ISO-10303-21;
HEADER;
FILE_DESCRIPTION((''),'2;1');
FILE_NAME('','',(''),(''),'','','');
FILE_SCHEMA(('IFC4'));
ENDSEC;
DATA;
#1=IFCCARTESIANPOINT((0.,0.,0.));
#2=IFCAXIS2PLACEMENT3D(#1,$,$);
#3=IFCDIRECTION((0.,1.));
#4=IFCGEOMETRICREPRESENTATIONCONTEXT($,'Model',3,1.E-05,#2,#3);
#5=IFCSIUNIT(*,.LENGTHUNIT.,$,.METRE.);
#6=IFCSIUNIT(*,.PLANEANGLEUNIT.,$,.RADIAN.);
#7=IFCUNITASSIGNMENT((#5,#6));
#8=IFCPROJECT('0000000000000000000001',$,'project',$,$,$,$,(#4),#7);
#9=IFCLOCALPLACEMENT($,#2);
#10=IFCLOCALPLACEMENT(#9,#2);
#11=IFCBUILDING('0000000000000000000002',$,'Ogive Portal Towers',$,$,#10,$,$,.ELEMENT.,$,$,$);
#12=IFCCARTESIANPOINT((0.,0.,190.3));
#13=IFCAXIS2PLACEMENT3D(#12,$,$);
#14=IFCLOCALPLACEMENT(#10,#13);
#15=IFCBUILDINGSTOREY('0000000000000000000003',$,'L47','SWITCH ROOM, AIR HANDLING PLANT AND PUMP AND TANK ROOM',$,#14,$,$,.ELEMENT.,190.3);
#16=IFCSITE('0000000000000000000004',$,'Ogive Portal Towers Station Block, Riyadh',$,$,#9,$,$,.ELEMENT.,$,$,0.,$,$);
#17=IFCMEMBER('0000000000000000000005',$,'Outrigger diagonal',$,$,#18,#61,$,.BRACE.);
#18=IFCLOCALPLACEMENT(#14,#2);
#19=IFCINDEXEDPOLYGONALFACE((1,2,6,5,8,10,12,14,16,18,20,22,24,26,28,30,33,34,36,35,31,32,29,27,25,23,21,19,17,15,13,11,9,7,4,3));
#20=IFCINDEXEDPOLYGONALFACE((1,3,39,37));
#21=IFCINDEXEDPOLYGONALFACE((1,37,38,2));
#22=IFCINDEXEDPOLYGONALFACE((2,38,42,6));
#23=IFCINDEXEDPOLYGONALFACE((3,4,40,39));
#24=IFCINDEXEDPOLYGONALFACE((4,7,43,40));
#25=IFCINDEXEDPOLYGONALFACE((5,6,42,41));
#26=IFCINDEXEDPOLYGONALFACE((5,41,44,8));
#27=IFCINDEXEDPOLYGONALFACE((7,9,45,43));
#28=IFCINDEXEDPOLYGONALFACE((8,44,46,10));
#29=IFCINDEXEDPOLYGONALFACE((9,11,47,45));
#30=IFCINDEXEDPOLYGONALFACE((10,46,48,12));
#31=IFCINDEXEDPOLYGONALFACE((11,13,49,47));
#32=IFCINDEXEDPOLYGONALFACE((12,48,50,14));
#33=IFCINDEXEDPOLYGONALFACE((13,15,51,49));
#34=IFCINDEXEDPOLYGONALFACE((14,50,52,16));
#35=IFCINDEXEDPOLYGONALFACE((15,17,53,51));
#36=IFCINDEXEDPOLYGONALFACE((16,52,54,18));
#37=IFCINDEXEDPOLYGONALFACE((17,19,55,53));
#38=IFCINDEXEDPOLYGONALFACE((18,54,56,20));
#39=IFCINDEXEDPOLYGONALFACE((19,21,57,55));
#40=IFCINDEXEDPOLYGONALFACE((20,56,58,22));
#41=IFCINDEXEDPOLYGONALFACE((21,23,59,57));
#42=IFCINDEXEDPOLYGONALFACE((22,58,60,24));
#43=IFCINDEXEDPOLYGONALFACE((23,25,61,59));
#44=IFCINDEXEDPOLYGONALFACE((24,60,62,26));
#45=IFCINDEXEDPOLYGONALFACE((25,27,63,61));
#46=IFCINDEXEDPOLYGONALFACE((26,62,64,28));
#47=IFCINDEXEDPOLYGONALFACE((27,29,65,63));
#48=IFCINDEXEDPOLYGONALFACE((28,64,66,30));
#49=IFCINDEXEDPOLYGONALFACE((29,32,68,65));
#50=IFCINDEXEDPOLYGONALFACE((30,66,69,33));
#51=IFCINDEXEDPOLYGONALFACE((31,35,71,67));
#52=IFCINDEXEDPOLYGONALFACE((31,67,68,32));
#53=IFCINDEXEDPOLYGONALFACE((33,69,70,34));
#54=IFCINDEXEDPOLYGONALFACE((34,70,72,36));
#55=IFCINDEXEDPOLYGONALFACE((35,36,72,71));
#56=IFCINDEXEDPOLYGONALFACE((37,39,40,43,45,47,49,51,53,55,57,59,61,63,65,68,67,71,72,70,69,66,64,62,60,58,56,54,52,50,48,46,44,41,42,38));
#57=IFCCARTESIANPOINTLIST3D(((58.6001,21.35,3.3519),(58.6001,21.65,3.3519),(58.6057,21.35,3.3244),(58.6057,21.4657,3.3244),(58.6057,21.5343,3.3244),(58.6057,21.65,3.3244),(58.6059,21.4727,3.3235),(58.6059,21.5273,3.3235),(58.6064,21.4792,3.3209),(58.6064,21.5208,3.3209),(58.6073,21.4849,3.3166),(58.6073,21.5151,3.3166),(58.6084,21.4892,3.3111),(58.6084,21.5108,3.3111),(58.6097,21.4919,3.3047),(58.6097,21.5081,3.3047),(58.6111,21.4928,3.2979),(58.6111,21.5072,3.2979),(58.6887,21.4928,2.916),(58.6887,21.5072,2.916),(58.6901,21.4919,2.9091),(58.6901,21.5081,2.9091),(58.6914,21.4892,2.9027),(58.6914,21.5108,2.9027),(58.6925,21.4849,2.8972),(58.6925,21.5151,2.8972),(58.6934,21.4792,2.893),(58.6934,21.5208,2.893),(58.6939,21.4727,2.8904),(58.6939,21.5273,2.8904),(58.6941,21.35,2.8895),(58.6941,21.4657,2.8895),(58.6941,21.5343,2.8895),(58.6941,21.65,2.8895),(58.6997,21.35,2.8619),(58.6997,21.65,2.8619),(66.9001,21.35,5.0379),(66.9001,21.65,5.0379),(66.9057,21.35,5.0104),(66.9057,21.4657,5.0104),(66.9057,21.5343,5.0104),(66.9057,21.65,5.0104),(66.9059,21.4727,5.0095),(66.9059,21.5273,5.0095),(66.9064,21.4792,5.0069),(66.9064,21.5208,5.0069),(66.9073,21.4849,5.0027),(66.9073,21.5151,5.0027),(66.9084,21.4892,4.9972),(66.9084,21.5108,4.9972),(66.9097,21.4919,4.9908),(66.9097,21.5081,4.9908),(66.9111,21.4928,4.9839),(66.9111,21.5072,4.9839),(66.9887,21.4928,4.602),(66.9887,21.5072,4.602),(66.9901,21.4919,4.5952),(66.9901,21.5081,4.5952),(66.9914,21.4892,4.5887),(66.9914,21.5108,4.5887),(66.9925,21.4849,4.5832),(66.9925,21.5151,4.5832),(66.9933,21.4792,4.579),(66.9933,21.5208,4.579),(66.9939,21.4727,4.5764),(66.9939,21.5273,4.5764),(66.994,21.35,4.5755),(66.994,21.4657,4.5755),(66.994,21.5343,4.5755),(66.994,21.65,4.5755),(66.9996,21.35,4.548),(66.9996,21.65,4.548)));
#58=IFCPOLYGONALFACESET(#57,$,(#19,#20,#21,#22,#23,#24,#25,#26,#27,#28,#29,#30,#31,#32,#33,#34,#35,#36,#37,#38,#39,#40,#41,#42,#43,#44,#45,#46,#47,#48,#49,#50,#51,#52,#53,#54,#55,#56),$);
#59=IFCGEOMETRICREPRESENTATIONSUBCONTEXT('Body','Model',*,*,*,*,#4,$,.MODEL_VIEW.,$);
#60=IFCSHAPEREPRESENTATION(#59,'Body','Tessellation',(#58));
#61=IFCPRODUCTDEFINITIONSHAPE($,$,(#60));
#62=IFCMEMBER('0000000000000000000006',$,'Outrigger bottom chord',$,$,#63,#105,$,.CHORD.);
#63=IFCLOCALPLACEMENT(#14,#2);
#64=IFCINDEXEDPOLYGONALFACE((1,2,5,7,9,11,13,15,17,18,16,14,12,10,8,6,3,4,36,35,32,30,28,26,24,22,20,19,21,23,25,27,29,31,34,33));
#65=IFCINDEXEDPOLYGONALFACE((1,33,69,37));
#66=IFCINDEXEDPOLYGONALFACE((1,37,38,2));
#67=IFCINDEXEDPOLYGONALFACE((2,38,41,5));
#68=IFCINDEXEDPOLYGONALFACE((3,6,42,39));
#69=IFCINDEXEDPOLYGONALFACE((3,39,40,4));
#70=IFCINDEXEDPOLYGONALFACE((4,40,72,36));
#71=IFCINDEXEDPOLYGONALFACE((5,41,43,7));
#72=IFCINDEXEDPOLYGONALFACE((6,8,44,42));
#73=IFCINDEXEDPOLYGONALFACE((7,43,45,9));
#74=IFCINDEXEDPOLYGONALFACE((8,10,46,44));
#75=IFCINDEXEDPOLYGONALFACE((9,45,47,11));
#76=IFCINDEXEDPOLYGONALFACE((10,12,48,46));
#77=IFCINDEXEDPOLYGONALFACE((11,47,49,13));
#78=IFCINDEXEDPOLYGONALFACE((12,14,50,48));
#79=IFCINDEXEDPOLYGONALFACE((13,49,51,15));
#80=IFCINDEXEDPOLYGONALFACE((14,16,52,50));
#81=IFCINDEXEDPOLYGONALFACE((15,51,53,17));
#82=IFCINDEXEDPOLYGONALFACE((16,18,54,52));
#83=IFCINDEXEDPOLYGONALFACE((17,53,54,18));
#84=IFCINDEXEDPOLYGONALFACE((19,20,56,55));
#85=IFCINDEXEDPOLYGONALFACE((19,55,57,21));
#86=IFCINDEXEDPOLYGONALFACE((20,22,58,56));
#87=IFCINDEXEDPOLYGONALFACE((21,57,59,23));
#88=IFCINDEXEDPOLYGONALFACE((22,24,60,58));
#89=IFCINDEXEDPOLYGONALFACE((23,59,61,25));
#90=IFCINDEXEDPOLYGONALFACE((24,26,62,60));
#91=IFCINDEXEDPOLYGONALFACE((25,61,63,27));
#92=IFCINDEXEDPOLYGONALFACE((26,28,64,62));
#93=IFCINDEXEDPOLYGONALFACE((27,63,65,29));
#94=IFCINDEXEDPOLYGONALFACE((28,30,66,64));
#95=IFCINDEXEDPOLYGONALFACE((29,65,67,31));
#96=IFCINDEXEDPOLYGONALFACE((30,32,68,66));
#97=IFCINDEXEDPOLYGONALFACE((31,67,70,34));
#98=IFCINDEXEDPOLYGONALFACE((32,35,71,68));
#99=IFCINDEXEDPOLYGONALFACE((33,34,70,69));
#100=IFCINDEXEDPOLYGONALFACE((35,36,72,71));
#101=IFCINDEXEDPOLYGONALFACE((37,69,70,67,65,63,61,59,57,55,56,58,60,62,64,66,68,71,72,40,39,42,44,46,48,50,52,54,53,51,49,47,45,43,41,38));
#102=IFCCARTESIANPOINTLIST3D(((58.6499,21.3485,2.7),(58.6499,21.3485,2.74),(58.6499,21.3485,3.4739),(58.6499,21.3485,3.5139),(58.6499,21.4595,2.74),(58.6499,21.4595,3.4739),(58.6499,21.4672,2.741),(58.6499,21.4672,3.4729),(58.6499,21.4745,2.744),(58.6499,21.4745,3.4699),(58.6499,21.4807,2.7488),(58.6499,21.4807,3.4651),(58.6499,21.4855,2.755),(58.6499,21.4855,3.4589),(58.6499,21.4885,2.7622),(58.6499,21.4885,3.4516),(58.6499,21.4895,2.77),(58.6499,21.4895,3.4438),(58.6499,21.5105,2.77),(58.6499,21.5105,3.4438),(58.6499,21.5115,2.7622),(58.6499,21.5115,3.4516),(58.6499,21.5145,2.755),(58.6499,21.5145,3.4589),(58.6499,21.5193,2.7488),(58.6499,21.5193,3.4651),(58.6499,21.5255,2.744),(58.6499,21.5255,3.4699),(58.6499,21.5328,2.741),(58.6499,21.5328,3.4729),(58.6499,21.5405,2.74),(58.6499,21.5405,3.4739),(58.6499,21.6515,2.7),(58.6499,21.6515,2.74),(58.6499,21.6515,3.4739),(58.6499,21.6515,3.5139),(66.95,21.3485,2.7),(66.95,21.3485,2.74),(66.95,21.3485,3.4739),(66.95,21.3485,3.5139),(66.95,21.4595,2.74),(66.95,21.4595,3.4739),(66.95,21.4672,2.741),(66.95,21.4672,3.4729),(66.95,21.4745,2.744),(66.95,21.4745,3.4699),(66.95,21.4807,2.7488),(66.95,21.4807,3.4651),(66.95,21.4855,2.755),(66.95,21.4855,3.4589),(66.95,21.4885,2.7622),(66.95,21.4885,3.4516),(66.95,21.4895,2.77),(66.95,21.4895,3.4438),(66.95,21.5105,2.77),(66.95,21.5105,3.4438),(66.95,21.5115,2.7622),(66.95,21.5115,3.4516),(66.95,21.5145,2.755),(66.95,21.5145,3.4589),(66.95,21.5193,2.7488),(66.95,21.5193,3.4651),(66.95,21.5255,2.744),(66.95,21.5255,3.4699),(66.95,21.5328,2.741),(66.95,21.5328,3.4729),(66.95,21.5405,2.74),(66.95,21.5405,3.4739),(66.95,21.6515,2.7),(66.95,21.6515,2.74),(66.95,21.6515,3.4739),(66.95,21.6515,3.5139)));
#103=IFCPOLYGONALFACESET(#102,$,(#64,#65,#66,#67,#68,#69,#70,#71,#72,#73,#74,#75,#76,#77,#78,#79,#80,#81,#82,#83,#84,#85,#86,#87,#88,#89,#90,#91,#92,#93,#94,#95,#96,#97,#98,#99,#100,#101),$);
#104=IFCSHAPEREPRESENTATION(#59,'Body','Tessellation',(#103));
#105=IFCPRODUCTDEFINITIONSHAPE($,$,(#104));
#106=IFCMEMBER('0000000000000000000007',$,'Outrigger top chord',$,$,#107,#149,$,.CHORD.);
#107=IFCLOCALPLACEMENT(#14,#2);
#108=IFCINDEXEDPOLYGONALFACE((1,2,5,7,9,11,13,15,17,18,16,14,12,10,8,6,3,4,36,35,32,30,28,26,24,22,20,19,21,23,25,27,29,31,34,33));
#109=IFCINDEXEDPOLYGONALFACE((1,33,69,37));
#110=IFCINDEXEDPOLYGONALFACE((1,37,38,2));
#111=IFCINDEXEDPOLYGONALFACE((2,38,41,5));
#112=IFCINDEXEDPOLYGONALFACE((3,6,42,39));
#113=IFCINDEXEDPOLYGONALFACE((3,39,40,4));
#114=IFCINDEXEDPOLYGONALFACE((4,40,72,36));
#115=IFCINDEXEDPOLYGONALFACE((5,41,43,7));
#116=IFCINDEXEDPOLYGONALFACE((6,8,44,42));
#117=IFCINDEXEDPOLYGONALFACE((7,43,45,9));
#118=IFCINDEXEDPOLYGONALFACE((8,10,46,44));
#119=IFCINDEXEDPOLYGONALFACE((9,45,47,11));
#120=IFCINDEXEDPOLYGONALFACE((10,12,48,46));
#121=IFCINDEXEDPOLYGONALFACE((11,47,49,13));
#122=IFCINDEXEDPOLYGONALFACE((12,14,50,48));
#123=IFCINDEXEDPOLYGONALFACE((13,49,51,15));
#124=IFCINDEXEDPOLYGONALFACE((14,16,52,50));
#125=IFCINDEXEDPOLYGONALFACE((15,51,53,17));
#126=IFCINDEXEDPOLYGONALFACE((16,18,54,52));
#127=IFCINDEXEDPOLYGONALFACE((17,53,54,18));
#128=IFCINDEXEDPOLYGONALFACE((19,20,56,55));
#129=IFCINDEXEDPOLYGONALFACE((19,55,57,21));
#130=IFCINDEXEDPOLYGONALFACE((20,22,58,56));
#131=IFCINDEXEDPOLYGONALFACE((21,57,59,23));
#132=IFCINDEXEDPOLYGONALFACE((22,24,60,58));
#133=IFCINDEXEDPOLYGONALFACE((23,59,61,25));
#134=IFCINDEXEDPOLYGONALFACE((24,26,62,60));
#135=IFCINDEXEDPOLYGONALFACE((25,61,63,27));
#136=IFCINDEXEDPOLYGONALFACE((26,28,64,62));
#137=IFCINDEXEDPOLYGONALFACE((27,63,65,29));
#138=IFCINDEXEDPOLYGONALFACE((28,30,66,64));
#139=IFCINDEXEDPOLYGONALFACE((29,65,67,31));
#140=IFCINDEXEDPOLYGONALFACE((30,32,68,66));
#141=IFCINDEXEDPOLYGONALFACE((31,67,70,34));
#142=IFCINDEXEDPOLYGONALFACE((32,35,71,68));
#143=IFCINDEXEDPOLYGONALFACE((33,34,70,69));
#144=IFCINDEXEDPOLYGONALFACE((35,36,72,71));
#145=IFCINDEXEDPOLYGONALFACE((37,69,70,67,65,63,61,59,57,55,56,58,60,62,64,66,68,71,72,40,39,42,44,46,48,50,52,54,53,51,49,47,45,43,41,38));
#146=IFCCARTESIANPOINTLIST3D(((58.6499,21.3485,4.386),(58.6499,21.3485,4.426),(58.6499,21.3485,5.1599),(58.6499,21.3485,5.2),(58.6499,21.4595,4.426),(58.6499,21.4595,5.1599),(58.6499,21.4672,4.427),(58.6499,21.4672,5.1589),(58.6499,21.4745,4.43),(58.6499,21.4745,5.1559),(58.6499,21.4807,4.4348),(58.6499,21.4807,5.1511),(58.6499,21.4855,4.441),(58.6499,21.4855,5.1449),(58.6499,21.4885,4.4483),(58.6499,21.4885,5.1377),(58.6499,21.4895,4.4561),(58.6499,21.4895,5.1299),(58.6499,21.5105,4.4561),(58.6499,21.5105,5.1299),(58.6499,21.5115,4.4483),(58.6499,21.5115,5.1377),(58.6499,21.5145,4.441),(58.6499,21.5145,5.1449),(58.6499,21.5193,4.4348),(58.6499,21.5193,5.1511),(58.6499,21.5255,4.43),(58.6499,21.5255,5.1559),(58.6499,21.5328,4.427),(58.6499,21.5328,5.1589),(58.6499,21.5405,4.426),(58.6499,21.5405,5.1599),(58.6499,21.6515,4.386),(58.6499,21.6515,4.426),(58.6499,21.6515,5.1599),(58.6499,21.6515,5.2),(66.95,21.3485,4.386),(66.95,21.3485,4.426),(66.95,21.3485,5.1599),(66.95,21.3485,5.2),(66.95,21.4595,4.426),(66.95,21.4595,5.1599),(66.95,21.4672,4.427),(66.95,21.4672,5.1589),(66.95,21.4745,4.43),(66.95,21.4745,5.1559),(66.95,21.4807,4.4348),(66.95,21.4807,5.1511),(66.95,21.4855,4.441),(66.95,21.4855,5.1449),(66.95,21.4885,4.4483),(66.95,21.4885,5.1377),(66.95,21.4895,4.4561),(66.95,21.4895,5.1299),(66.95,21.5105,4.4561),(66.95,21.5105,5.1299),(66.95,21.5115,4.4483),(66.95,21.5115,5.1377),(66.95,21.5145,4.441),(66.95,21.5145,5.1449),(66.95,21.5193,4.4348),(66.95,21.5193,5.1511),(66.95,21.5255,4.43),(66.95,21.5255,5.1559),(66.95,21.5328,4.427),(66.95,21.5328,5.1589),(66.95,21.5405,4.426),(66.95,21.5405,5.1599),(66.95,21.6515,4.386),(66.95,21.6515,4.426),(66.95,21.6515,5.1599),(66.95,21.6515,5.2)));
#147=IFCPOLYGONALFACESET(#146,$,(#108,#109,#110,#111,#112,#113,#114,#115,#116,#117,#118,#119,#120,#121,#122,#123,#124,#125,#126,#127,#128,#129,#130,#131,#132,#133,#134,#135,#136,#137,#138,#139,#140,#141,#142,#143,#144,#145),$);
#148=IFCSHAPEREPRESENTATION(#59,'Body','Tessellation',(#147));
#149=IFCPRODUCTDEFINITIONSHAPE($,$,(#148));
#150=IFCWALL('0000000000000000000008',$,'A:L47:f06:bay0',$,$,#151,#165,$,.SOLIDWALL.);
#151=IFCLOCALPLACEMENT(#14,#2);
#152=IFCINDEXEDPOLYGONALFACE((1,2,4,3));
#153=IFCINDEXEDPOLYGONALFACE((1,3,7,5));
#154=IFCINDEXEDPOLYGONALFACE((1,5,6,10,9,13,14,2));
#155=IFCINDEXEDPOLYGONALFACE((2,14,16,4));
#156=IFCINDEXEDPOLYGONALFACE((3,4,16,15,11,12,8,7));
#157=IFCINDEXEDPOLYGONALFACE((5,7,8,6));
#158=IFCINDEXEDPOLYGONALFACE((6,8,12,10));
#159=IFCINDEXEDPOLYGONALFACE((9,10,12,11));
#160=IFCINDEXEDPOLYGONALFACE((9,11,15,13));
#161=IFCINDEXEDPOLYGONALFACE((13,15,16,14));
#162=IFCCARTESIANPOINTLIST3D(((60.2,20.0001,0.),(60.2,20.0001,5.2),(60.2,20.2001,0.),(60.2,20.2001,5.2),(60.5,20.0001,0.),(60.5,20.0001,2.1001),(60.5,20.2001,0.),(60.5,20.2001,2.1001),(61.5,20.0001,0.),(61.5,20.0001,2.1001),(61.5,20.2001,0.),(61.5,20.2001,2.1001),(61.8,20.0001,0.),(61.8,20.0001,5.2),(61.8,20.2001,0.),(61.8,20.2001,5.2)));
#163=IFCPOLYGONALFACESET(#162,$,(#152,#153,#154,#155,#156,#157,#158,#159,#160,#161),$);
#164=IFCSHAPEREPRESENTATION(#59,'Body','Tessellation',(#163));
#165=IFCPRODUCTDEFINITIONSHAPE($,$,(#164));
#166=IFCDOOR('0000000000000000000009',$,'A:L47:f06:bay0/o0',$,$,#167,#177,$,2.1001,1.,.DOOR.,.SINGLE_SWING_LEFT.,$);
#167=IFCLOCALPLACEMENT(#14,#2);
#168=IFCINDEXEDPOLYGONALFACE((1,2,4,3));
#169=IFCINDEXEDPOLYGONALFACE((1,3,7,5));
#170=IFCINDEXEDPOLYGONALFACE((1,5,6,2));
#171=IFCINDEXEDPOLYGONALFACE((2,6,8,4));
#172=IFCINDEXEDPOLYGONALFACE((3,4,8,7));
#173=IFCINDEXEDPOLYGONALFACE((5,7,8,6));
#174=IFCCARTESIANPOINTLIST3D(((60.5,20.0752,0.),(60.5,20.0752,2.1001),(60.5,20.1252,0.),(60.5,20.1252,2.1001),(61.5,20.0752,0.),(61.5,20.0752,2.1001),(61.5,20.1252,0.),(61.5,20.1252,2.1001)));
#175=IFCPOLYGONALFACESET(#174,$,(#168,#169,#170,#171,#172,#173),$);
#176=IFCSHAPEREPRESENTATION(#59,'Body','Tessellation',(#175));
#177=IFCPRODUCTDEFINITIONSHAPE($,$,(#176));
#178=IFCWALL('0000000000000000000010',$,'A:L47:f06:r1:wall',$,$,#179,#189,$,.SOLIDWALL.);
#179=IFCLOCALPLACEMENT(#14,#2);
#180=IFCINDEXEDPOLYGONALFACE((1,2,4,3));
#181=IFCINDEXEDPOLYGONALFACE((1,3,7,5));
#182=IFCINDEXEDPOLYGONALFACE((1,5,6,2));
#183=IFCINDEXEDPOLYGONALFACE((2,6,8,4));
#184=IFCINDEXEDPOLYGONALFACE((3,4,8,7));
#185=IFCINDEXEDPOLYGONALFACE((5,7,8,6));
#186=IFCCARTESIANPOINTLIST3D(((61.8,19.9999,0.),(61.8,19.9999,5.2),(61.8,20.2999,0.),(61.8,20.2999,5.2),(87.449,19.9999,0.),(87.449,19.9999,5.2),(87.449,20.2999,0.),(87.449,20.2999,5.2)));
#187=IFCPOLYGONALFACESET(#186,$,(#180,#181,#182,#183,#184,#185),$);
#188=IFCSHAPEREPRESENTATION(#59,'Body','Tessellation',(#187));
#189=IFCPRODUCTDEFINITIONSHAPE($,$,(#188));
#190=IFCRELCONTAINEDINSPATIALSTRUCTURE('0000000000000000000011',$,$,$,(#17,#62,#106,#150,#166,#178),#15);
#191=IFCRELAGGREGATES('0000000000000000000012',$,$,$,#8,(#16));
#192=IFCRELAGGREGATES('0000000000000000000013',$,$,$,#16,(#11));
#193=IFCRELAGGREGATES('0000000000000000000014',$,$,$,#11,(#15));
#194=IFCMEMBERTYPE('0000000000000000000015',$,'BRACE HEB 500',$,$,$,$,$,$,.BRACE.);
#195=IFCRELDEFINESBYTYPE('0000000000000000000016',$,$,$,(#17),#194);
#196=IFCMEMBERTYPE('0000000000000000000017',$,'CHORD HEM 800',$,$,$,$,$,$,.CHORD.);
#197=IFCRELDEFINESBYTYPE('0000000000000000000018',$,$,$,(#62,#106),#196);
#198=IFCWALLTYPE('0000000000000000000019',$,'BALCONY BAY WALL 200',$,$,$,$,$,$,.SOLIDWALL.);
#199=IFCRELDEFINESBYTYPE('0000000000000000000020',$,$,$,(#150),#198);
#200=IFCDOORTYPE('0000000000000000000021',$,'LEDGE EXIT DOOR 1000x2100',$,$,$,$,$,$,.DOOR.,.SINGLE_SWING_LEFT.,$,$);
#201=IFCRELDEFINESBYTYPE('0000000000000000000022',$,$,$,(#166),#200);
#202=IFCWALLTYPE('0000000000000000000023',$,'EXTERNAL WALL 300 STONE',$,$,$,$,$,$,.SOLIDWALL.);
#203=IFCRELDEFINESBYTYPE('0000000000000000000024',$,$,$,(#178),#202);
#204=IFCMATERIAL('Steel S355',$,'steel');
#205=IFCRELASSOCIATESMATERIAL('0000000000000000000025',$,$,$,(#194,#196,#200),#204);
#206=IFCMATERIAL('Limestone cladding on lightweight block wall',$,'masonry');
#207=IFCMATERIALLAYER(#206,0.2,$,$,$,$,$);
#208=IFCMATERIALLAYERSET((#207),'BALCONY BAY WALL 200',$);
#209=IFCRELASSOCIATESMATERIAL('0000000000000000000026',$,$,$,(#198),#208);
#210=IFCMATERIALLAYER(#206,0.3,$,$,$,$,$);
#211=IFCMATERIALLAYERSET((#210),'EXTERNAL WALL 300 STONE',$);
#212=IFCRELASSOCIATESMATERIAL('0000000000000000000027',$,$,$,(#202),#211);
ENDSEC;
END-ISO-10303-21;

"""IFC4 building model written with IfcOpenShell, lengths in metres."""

from ifc_helpers import new_model, si_unit, direction, frame, frame_2d, origin, origin_2d, place, context, subcontext, project, spatial, rectangle, i_section, extrude, material, layer, layer_set, material_profile, profile_set, type_object, element, fill, save


model = new_model("IFC4")

# Units and contexts
model_context = context("Model", 3, precision=1e-05, world=origin(), true_north=direction((0.0, 1.0)))
body_context = subcontext(model_context, "Body", "Model", "MODEL_VIEW")
ifc_project = project(units=[si_unit("LENGTHUNIT", "METRE"), si_unit("PLANEANGLEUNIT", "RADIAN")], contexts=[model_context])

# Site, building, storey
site_placement = place(None, origin())
site = spatial("IfcSite", under=ifc_project, at=site_placement, Name="Ogive Portal Towers Station Block, Riyadh", CompositionType="ELEMENT", RefElevation=0.0)
building_placement = place(site_placement, origin())
building = spatial("IfcBuilding", under=site, at=building_placement, Name="Ogive Portal Towers", CompositionType="ELEMENT")
storey_placement = place(building_placement, frame((0.0, 0.0, 190.3)))
storey = spatial("IfcBuildingStorey", under=building, at=storey_placement, Name="L47", Description="SWITCH ROOM, AIR HANDLING PLANT AND PUMP AND TANK ROOM", CompositionType="ELEMENT", Elevation=190.3)

# Members
ifc_material_1 = material(Name="Steel S355", Category="steel")
ifc_material_profile_1 = material_profile(ifc_material_1, i_section(OverallWidth=0.3, OverallDepth=0.5, WebThickness=0.0144, FlangeThickness=0.0281, FilletRadius=0.0271, at=origin_2d()), Name="HEB 500")
ifc_profile_set_1 = profile_set([ifc_material_profile_1], Name="Steel S355")
member_type_1 = type_object("IfcMemberType", Name="BRACE HEB 500", PredefinedType="BRACE", material=ifc_profile_set_1)
member_placement = place(storey_placement, frame((58.6499, 21.5, 3.1069), z_axis=(0.979985, 0.0, 0.19907), x_axis=(0.0, 1.0, 0.0)))
element("IfcMember", 1, at=member_placement, inside=storey, type_object=member_type_1, Name="Outrigger diagonal", PredefinedType="BRACE", context=body_context, shape_type="SweptSolid", body=[
    extrude(i_section(OverallWidth=0.3, OverallDepth=0.5, WebThickness=0.0144, FlangeThickness=0.0281, FilletRadius=0.0271, at=origin_2d()), origin(), (0.0, 0.0, 1.0), 8.4695),
])
ifc_material_profile_2 = material_profile(ifc_material_1, i_section(OverallWidth=0.303, OverallDepth=0.814, WebThickness=0.021, FlangeThickness=0.04, FilletRadius=0.03, at=origin_2d()), Name="HEM 800")
ifc_profile_set_2 = profile_set([ifc_material_profile_2], Name="Steel S355")
member_type_2 = type_object("IfcMemberType", Name="CHORD HEM 800", PredefinedType="CHORD", material=ifc_profile_set_2)
for number, where, z_axis, x_axis, name in (
    (2, (58.6499, 21.5, 3.1069), (1.0, 0.0, 0.0), (0.0, 1.0, 0.0), "Outrigger bottom chord"),
    (3, (58.6499, 21.5, 4.793), (1.0, 0.0, 0.0), (0.0, 1.0, 0.0), "Outrigger top chord"),
):
    element("IfcMember", number, at=place(storey_placement, frame(where, z_axis=z_axis, x_axis=x_axis)), inside=storey, type_object=member_type_2, Name=name, PredefinedType="CHORD", context=body_context, shape_type="SweptSolid", body=[
        extrude(i_section(OverallWidth=0.303, OverallDepth=0.814, WebThickness=0.021, FlangeThickness=0.04, FilletRadius=0.03, at=origin_2d()), origin(), (0.0, 0.0, 1.0), 8.3),
    ])

# Wall, opening, door
ifc_material_2 = material(Name="Limestone cladding on lightweight block wall", Category="masonry")
ifc_layer_1 = layer(ifc_material_2, 0.2)
ifc_layer_set_1 = layer_set([ifc_layer_1], Name="BALCONY BAY WALL 200")
wall_type_1 = type_object("IfcWallType", Name="BALCONY BAY WALL 200", PredefinedType="SOLIDWALL", material=ifc_layer_set_1)
wall_1_placement = place(storey_placement, frame((61.8, 20.1001, 0.0), z_axis=(0.0, 0.0, 1.0), x_axis=(-1.0, 0.0, 0.0)))
wall_1 = element("IfcWall", 4, at=wall_1_placement, inside=storey, type_object=wall_type_1, Name="A:L47:f06:bay0", PredefinedType="SOLIDWALL", context=body_context, shape_type="SweptSolid", body=[
    extrude(rectangle(XDim=1.6001, YDim=0.2, at=frame_2d((0.8, 0.0))), origin(), (0.0, 0.0, 1.0), 5.2),
])
opening_1_placement = place(wall_1_placement, frame((0.3, 0.0, 0.0)))
opening_1 = element("IfcOpeningElement", 5, at=opening_1_placement, cuts=wall_1, PredefinedType="OPENING", context=body_context, shape_type="SweptSolid", body=[
    extrude(rectangle(XDim=1.0, YDim=2.1001, at=frame_2d((0.5, 1.05))), frame((0.0, 0.1099, 0.0), z_axis=(0.0, -1.0, 0.0), x_axis=(1.0, 0.0, 0.0)), (0.0, 0.0, 1.0), 0.22),
])
door_type_1 = type_object("IfcDoorType", Name="LEDGE EXIT DOOR 1000x2100", OperationType="SINGLE_SWING_LEFT", PredefinedType="DOOR", material=ifc_material_1)
door_1_placement = place(opening_1_placement, origin())
door_1 = element("IfcDoor", 6, at=door_1_placement, inside=storey, type_object=door_type_1, Name="A:L47:f06:bay0/o0", OperationType="SINGLE_SWING_LEFT", OverallHeight=2.1001, OverallWidth=1.0, PredefinedType="DOOR", context=body_context, shape_type="SweptSolid", body=[
    extrude(rectangle(XDim=1.0, YDim=2.1001, at=frame_2d((0.5, 1.05))), frame((0.0, 0.0249, 0.0), z_axis=(0.0, -1.0, 0.0), x_axis=(1.0, 0.0, 0.0)), (0.0, 0.0, 1.0), 0.05),
])
fill(opening_1, door_1)

# Wall
ifc_layer_2 = layer(ifc_material_2, 0.3)
ifc_layer_set_2 = layer_set([ifc_layer_2], Name="EXTERNAL WALL 300 STONE")
wall_type_2 = type_object("IfcWallType", Name="EXTERNAL WALL 300 STONE", PredefinedType="SOLIDWALL", material=ifc_layer_set_2)
wall_2_placement = place(storey_placement, frame((61.8, 20.1499, 0.0), z_axis=(0.0, 0.0, 1.0), x_axis=(1.0, 0.0, 0.0)))
element("IfcWall", 7, at=wall_2_placement, inside=storey, type_object=wall_type_2, Name="A:L47:f06:r1:wall", PredefinedType="SOLIDWALL", context=body_context, shape_type="SweptSolid", body=[
    extrude(rectangle(XDim=25.6489, YDim=0.3, at=frame_2d((12.8245, 0.0))), origin(), (0.0, 0.0, 1.0), 5.2),
])

save(model, "model.ifc")
